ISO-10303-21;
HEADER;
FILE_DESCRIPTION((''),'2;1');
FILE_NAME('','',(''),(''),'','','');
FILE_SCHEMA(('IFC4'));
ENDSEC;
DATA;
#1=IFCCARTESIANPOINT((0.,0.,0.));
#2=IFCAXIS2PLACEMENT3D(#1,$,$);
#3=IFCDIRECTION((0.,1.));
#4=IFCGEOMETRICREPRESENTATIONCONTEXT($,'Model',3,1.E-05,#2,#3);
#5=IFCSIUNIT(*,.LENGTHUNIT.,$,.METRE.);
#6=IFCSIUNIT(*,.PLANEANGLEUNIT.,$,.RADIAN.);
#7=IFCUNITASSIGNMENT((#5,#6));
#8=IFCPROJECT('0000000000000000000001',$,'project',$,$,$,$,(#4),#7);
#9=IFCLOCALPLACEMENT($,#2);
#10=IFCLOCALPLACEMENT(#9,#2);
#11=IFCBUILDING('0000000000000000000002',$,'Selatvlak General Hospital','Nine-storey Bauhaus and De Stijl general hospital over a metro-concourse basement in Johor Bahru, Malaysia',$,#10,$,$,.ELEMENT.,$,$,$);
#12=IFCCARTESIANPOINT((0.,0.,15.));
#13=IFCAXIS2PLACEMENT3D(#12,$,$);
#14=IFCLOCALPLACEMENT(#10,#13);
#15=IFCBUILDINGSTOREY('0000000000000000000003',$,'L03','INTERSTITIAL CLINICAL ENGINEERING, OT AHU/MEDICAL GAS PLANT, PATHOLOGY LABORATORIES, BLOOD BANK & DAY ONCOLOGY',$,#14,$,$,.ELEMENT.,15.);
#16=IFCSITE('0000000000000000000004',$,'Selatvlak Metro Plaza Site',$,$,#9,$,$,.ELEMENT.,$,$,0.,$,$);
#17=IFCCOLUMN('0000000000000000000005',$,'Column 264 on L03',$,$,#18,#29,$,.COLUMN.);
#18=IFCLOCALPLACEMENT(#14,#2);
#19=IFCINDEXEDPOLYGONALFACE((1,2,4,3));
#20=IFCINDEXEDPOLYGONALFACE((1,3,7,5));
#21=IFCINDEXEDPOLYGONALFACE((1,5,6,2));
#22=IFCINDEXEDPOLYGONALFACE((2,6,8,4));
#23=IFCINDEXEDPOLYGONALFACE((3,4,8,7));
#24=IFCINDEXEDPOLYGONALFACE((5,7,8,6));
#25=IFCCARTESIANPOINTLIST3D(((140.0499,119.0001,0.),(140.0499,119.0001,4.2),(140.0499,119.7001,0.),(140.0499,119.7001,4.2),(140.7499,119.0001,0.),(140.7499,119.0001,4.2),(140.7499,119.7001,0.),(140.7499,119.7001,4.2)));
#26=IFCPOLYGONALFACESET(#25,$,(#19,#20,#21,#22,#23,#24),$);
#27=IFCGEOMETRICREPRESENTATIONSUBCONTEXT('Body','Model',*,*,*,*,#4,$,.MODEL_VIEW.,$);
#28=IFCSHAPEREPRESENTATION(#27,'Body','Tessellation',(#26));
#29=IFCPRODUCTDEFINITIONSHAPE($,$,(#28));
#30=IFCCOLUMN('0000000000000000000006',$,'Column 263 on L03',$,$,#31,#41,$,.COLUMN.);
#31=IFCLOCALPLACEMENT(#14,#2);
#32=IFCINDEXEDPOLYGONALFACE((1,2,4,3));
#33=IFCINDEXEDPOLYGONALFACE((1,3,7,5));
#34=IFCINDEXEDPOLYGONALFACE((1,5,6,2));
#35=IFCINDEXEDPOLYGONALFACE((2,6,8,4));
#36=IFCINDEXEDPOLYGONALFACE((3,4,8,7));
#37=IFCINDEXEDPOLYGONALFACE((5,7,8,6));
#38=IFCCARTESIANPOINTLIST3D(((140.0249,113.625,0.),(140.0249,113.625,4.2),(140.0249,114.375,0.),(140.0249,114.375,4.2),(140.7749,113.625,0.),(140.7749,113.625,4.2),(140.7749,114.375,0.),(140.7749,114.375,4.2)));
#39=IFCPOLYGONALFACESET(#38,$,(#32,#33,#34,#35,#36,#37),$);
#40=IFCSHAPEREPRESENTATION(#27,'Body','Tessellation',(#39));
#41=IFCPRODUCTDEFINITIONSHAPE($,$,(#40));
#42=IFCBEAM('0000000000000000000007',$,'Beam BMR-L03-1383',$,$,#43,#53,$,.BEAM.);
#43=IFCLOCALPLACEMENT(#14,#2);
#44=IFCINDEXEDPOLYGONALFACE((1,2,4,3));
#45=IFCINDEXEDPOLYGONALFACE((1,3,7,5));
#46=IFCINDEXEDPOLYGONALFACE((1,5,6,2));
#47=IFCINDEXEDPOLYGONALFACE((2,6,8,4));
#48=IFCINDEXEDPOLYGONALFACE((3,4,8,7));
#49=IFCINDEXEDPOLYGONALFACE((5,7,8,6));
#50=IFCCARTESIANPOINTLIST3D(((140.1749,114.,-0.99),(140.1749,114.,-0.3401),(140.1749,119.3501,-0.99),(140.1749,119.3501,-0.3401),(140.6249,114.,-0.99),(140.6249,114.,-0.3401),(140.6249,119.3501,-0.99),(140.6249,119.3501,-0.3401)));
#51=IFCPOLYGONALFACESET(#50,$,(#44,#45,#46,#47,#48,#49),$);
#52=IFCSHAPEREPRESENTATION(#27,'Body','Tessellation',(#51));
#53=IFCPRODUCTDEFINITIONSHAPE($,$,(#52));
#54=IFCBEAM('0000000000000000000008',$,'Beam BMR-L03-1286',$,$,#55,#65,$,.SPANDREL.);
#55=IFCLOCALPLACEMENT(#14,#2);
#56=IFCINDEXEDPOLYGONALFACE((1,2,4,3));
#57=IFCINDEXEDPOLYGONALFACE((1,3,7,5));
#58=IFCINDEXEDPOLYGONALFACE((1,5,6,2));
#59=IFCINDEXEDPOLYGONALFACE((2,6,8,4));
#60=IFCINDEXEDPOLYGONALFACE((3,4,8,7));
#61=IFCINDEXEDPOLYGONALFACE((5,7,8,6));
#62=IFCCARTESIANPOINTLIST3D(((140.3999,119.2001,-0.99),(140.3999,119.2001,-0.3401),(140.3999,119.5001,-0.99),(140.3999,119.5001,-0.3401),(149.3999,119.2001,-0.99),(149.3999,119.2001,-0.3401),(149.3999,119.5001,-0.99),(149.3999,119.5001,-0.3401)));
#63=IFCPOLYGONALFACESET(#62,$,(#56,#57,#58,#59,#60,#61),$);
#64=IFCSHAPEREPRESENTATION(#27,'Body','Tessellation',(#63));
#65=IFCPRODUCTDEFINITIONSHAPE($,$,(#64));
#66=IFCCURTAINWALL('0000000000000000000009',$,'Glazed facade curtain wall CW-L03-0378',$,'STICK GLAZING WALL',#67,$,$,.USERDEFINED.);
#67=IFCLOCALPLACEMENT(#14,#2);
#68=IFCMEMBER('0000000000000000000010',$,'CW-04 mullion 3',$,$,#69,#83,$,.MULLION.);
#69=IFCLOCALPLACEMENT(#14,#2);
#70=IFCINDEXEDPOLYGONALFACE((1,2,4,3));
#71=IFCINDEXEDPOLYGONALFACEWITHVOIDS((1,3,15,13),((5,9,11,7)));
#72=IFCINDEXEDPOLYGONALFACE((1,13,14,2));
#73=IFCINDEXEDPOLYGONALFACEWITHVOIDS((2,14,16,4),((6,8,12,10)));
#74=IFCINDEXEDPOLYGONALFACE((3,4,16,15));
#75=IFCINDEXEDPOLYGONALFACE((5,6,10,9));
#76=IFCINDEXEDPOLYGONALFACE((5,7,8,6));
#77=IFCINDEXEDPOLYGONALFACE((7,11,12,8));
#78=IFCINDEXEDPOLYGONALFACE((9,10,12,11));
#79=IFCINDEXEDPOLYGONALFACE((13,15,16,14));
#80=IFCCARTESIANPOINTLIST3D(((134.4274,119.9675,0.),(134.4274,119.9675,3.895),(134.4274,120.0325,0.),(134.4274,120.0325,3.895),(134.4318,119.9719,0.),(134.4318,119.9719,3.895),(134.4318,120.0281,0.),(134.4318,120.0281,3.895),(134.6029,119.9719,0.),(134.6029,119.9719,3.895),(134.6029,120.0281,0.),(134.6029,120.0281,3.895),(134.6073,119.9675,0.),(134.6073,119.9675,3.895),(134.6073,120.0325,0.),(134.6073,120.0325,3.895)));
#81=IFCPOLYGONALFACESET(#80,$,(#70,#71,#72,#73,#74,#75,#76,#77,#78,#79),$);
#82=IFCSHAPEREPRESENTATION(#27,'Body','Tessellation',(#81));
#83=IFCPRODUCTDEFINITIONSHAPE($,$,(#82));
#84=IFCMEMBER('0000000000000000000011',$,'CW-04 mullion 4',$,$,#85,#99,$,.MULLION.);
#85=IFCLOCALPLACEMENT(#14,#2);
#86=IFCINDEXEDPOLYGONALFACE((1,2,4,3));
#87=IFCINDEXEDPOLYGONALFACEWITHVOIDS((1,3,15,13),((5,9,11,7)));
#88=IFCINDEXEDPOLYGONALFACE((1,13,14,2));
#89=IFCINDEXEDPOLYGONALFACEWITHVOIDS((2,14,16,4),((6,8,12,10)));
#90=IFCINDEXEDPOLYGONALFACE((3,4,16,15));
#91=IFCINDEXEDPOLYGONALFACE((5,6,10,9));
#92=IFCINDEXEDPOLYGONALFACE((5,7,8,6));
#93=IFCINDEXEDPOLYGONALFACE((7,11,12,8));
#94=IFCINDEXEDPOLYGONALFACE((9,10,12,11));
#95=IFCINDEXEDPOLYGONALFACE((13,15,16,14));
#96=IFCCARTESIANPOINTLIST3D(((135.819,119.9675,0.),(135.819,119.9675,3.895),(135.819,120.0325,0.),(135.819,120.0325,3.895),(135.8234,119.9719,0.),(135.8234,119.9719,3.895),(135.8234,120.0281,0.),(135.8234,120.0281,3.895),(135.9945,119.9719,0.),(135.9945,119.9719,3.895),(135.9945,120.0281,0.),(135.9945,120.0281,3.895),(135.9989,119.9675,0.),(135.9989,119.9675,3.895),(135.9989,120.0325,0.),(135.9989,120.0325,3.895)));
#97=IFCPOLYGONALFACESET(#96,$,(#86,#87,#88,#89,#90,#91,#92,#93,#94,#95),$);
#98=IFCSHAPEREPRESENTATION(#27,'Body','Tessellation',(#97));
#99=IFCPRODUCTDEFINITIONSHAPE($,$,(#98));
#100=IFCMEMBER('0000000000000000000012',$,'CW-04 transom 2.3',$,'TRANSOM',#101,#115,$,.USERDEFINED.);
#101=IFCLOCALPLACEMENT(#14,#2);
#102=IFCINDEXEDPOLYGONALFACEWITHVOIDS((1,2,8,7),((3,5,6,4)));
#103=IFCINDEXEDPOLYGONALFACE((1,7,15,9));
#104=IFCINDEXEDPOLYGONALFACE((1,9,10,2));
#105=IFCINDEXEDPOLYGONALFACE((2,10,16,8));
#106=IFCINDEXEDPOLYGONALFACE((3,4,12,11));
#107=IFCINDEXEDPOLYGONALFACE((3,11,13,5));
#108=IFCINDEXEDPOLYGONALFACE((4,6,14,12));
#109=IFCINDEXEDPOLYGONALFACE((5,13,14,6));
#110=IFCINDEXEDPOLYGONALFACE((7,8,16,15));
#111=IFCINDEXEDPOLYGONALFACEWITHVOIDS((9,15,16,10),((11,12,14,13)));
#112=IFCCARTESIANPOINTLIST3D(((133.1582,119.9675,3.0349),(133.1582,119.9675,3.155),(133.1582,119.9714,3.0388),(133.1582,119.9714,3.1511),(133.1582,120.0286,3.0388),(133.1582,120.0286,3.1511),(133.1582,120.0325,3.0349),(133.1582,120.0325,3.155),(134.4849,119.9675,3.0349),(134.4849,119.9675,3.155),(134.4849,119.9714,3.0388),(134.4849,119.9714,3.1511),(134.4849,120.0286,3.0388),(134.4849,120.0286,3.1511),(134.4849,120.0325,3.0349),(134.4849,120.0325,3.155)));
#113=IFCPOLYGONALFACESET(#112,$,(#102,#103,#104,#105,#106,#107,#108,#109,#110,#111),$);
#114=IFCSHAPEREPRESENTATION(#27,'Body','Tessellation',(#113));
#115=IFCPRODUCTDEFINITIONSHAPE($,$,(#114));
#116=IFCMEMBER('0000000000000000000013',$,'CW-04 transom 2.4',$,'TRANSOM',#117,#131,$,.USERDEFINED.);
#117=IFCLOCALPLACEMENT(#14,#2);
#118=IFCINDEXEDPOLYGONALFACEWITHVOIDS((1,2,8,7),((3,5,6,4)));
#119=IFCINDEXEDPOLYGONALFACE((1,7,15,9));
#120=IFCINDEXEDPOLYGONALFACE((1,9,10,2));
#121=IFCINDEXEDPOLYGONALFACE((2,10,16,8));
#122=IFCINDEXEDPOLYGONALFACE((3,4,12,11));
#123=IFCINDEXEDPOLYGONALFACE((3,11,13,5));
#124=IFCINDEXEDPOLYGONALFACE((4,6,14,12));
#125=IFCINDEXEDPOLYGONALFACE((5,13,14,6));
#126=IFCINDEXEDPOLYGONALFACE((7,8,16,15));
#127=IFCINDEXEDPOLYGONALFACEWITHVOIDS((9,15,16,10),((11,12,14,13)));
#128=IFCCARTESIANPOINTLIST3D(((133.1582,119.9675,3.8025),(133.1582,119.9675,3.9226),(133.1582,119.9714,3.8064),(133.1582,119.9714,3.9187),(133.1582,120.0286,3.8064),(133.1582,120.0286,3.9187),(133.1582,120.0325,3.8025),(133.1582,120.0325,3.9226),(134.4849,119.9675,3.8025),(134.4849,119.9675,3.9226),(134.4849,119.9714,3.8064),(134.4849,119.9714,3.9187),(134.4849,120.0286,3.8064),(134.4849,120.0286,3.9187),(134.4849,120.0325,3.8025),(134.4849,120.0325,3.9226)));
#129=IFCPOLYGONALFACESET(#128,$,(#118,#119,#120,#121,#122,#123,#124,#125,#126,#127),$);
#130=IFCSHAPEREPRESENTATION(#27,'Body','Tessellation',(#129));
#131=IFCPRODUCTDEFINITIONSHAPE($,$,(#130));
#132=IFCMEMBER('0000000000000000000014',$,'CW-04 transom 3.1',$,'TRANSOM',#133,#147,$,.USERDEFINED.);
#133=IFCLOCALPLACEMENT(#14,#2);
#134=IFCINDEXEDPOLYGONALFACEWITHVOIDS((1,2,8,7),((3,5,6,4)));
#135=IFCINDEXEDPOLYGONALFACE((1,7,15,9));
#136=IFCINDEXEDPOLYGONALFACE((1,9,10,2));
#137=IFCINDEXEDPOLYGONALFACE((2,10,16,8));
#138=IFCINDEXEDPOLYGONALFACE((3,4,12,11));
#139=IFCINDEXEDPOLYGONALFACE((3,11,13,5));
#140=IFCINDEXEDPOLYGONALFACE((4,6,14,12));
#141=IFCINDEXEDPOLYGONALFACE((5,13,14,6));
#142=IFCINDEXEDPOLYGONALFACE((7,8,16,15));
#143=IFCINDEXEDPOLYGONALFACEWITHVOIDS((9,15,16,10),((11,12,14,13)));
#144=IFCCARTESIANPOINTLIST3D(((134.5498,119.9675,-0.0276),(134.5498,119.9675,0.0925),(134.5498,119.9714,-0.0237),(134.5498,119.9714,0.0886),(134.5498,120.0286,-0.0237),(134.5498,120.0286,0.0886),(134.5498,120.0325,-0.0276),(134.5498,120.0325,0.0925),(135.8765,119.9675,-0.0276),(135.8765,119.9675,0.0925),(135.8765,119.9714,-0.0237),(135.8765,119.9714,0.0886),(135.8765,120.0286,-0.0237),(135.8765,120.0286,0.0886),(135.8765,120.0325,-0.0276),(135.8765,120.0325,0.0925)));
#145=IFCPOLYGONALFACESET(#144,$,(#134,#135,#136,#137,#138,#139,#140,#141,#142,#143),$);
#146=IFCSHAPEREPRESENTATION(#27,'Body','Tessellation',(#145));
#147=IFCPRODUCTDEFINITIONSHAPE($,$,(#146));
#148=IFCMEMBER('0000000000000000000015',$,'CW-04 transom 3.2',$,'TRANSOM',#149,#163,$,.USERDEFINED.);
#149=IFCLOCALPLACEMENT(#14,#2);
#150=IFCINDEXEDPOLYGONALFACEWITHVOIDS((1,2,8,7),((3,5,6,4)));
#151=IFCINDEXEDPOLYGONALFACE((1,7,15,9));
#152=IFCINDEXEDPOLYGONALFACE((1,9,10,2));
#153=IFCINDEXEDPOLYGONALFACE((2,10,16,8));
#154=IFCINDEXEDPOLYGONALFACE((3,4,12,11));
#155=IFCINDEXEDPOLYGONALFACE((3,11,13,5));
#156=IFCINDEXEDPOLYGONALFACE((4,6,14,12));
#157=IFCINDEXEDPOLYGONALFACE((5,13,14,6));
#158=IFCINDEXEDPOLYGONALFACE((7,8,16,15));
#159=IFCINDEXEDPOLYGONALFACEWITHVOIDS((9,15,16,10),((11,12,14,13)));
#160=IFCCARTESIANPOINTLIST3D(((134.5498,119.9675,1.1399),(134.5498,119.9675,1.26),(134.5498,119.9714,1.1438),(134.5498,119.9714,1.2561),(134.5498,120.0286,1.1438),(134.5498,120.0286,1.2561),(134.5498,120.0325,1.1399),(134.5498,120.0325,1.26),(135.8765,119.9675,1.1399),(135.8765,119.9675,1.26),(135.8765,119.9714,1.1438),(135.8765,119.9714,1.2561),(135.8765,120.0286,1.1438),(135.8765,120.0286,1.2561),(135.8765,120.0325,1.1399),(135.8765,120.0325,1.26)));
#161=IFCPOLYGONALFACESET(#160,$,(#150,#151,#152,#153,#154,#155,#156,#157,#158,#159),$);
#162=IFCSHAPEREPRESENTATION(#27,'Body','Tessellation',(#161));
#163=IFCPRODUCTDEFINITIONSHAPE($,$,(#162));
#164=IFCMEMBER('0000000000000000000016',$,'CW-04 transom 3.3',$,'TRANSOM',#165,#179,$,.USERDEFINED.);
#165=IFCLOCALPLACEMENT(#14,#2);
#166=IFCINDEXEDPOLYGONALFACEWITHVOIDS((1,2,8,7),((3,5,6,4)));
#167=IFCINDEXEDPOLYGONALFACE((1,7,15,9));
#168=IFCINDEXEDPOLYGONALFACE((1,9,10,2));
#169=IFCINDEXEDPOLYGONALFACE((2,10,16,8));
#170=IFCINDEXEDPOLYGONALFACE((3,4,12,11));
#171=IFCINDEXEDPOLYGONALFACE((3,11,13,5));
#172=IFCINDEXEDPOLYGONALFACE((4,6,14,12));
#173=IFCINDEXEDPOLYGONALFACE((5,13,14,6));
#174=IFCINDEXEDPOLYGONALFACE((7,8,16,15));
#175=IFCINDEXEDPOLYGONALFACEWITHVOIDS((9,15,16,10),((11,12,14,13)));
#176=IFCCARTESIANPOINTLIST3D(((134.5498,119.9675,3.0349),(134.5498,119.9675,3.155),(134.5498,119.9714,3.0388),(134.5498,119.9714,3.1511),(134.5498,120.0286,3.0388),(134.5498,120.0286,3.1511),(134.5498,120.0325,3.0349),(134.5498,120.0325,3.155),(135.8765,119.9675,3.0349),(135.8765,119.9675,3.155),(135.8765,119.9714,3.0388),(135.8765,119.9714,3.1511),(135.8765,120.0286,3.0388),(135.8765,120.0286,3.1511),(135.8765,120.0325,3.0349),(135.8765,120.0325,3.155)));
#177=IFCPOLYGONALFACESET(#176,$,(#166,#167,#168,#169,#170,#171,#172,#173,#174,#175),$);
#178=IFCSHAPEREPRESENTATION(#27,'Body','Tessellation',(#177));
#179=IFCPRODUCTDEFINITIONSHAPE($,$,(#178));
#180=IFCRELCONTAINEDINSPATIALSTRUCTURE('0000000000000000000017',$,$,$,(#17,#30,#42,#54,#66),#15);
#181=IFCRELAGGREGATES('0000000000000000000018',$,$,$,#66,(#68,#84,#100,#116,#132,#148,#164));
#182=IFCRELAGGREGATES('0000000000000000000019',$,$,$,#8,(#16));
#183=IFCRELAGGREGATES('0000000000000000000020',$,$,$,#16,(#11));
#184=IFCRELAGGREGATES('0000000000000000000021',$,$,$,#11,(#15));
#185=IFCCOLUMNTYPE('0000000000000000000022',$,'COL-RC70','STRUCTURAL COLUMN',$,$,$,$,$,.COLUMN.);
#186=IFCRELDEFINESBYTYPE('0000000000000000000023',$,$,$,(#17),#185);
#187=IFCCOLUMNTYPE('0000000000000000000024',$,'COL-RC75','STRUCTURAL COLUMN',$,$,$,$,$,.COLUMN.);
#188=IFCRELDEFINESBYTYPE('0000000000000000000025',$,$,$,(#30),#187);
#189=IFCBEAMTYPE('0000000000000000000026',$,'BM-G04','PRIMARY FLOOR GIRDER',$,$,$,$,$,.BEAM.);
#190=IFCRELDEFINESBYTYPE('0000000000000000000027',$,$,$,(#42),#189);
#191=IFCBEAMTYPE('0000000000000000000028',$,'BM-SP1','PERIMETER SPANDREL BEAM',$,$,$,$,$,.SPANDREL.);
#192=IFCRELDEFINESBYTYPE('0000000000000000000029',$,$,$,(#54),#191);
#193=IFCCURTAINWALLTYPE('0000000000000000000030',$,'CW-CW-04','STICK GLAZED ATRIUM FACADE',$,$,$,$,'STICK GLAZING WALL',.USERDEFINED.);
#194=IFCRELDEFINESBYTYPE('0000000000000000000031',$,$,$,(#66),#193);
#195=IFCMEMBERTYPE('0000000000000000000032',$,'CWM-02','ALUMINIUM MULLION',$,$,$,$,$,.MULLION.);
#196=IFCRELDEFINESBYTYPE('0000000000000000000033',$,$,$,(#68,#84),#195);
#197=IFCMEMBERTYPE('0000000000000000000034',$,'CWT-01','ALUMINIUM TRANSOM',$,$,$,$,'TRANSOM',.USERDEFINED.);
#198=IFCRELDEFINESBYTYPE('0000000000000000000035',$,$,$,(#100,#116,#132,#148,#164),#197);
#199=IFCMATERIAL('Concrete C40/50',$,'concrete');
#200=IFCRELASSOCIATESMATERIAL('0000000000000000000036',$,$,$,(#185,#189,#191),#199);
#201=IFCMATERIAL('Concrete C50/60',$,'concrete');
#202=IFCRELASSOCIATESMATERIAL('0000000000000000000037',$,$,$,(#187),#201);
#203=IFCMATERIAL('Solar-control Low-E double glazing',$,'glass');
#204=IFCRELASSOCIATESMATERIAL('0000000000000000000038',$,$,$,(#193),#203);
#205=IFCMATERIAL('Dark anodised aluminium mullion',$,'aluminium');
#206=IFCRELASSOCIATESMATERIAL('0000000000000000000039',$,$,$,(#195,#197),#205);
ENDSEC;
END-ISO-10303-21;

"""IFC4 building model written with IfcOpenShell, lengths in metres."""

from ifc_helpers import new_model, si_unit, direction, frame, origin, origin_2d, place, context, subcontext, project, spatial, rectangle, hollow_rectangle, extrude, material, material_profile, profile_set, type_object, element, aggregate, save


model = new_model("IFC4")

# Units and contexts
model_context = context("Model", 3, precision=1e-05, world=origin(), true_north=direction((0.0, 1.0)))
body_context = subcontext(model_context, "Body", "Model", "MODEL_VIEW")
ifc_project = project(units=[si_unit("LENGTHUNIT", "METRE"), si_unit("PLANEANGLEUNIT", "RADIAN")], contexts=[model_context])

# Site, building, storey
site_placement = place(None, origin())
site = spatial("IfcSite", under=ifc_project, at=site_placement, Name="Selatvlak Metro Plaza Site", CompositionType="ELEMENT", RefElevation=0.0)
building_placement = place(site_placement, origin())
building = spatial("IfcBuilding", under=site, at=building_placement, Name="Selatvlak General Hospital", Description="Nine-storey Bauhaus and De Stijl general hospital over a metro-concourse basement in Johor Bahru, Malaysia", CompositionType="ELEMENT")
storey_placement = place(building_placement, frame((0.0, 0.0, 15.0)))
storey = spatial("IfcBuildingStorey", under=building, at=storey_placement, Name="L03", Description="INTERSTITIAL CLINICAL ENGINEERING, OT AHU/MEDICAL GAS PLANT, PATHOLOGY LABORATORIES, BLOOD BANK & DAY ONCOLOGY", CompositionType="ELEMENT", Elevation=15.0)

# Columns
ifc_material_1 = material(Name="Concrete C40/50", Category="concrete")
ifc_material_profile_1 = material_profile(ifc_material_1, rectangle(XDim=0.7, YDim=0.7, at=origin_2d()), Name="RC-COL 700x700")
ifc_profile_set_1 = profile_set([ifc_material_profile_1], Name="Concrete C40/50")
column_type_1 = type_object("IfcColumnType", Name="COL-RC70", Description="STRUCTURAL COLUMN", PredefinedType="COLUMN", material=ifc_profile_set_1)
column_1_placement = place(storey_placement, frame((140.3999, 119.3501, 0.0), z_axis=(0.0, 0.0, 1.0), x_axis=(1.0, 0.0, 0.0)))
element("IfcColumn", 1, at=column_1_placement, inside=storey, type_object=column_type_1, Name="Column 264 on L03", PredefinedType="COLUMN", context=body_context, shape_type="SweptSolid", body=[
    extrude(rectangle(XDim=0.7, YDim=0.7, at=origin_2d()), origin(), (0.0, 0.0, 1.0), 4.2),
])
ifc_material_2 = material(Name="Concrete C50/60", Category="concrete")
ifc_material_profile_2 = material_profile(ifc_material_2, rectangle(XDim=0.75, YDim=0.75, at=origin_2d()), Name="RC-COL 750x750")
ifc_profile_set_2 = profile_set([ifc_material_profile_2], Name="Concrete C50/60")
column_type_2 = type_object("IfcColumnType", Name="COL-RC75", Description="STRUCTURAL COLUMN", PredefinedType="COLUMN", material=ifc_profile_set_2)
column_2_placement = place(storey_placement, frame((140.3999, 114.0, 0.0), z_axis=(0.0, 0.0, 1.0), x_axis=(1.0, 0.0, 0.0)))
element("IfcColumn", 2, at=column_2_placement, inside=storey, type_object=column_type_2, Name="Column 263 on L03", PredefinedType="COLUMN", context=body_context, shape_type="SweptSolid", body=[
    extrude(rectangle(XDim=0.75, YDim=0.75, at=origin_2d()), origin(), (0.0, 0.0, 1.0), 4.2),
])

# Beams
ifc_material_profile_3 = material_profile(ifc_material_1, rectangle(XDim=0.45, YDim=0.6499, at=origin_2d()), Name="RC-BM 450x650")
ifc_profile_set_3 = profile_set([ifc_material_profile_3], Name="Concrete C40/50")
beam_type_1 = type_object("IfcBeamType", Name="BM-G04", Description="PRIMARY FLOOR GIRDER", PredefinedType="BEAM", material=ifc_profile_set_3)
beam_1_placement = place(storey_placement, frame((140.3999, 114.0, -0.665), z_axis=(0.0, 1.0, 0.0), x_axis=(-1.0, 0.0, 0.0)))
element("IfcBeam", 3, at=beam_1_placement, inside=storey, type_object=beam_type_1, Name="Beam BMR-L03-1383", PredefinedType="BEAM", context=body_context, shape_type="SweptSolid", body=[
    extrude(rectangle(XDim=0.45, YDim=0.6499, at=origin_2d()), origin(), (0.0, 0.0, 1.0), 5.3501),
])
ifc_material_profile_4 = material_profile(ifc_material_1, rectangle(XDim=0.3, YDim=0.6499, at=origin_2d()), Name="RC-SP 300x650")
ifc_profile_set_4 = profile_set([ifc_material_profile_4], Name="Concrete C40/50")
beam_type_2 = type_object("IfcBeamType", Name="BM-SP1", Description="PERIMETER SPANDREL BEAM", PredefinedType="SPANDREL", material=ifc_profile_set_4)
beam_2_placement = place(storey_placement, frame((140.3999, 119.3501, -0.665), z_axis=(1.0, 0.0, 0.0), x_axis=(0.0, 1.0, 0.0)))
element("IfcBeam", 4, at=beam_2_placement, inside=storey, type_object=beam_type_2, Name="Beam BMR-L03-1286", PredefinedType="SPANDREL", context=body_context, shape_type="SweptSolid", body=[
    extrude(rectangle(XDim=0.3, YDim=0.6499, at=origin_2d()), origin(), (0.0, 0.0, 1.0), 9.0),
])

# Curtain wall, members
ifc_material_3 = material(Name="Solar-control Low-E double glazing", Category="glass")
curtain_wall_type = type_object("IfcCurtainWallType", Name="CW-CW-04", Description="STICK GLAZED ATRIUM FACADE", ElementType="STICK GLAZING WALL", PredefinedType="USERDEFINED", material=ifc_material_3)
curtain_wall_placement = place(storey_placement, origin())
curtain_wall = element("IfcCurtainWall", 5, at=curtain_wall_placement, inside=storey, type_object=curtain_wall_type, Name="Glazed facade curtain wall CW-L03-0378", ObjectType="STICK GLAZING WALL", PredefinedType="USERDEFINED")
ifc_material_4 = material(Name="Dark anodised aluminium mullion", Category="aluminium")
ifc_material_profile_5 = material_profile(ifc_material_4, hollow_rectangle(XDim=0.0649, YDim=0.1799, WallThickness=0.0044, at=origin_2d()), Name="AL-MUL 65x180x4.5")
ifc_profile_set_5 = profile_set([ifc_material_profile_5], Name="Dark anodised aluminium mullion")
member_type_1 = type_object("IfcMemberType", Name="CWM-02", Description="ALUMINIUM MULLION", PredefinedType="MULLION", material=ifc_profile_set_5)
member_1_placement = place(storey_placement, frame((134.5173, 120.0, 0.0), z_axis=(0.0, 0.0, 1.0), x_axis=(0.0, 1.0, 0.0)))
member_1 = element("IfcMember", 6, at=member_1_placement, type_object=member_type_1, Name="CW-04 mullion 3", PredefinedType="MULLION", context=body_context, shape_type="SweptSolid", body=[
    extrude(hollow_rectangle(XDim=0.0649, YDim=0.1799, WallThickness=0.0044, at=origin_2d()), origin(), (0.0, 0.0, 1.0), 3.895),
])
member_2_placement = place(storey_placement, frame((135.9089, 120.0, 0.0), z_axis=(0.0, 0.0, 1.0), x_axis=(0.0, 1.0, 0.0)))
member_2 = element("IfcMember", 7, at=member_2_placement, type_object=member_type_1, Name="CW-04 mullion 4", PredefinedType="MULLION", context=body_context, shape_type="SweptSolid", body=[
    extrude(hollow_rectangle(XDim=0.0649, YDim=0.1799, WallThickness=0.0044, at=origin_2d()), origin(), (0.0, 0.0, 1.0), 3.895),
])
ifc_material_profile_6 = material_profile(ifc_material_4, hollow_rectangle(XDim=0.0649, YDim=0.1201, WallThickness=0.0039, at=origin_2d()), Name="AL-TRN 65x120x4")
ifc_profile_set_6 = profile_set([ifc_material_profile_6], Name="Dark anodised aluminium mullion")
member_type_2 = type_object("IfcMemberType", Name="CWT-01", Description="ALUMINIUM TRANSOM", ElementType="TRANSOM", PredefinedType="USERDEFINED", material=ifc_profile_set_6)
member_3_placement = place(storey_placement, frame((133.1582, 120.0, 3.095), z_axis=(1.0, 0.0, 0.0), x_axis=(0.0, 1.0, 0.0)))
member_3 = element("IfcMember", 8, at=member_3_placement, type_object=member_type_2, Name="CW-04 transom 2.3", ObjectType="TRANSOM", PredefinedType="USERDEFINED", context=body_context, shape_type="SweptSolid", body=[
    extrude(hollow_rectangle(XDim=0.0649, YDim=0.1201, WallThickness=0.0039, at=origin_2d()), origin(), (0.0, 0.0, 1.0), 1.3267),
])
member_4_placement = place(storey_placement, frame((133.1582, 120.0, 3.8625), z_axis=(1.0, 0.0, 0.0), x_axis=(0.0, 1.0, 0.0)))
member_4 = element("IfcMember", 9, at=member_4_placement, type_object=member_type_2, Name="CW-04 transom 2.4", ObjectType="TRANSOM", PredefinedType="USERDEFINED", context=body_context, shape_type="SweptSolid", body=[
    extrude(hollow_rectangle(XDim=0.0649, YDim=0.1201, WallThickness=0.0039, at=origin_2d()), origin(), (0.0, 0.0, 1.0), 1.3267),
])
member_5_placement = place(storey_placement, frame((134.5498, 120.0, 0.0325), z_axis=(1.0, 0.0, 0.0), x_axis=(0.0, 1.0, 0.0)))
member_5 = element("IfcMember", 10, at=member_5_placement, type_object=member_type_2, Name="CW-04 transom 3.1", ObjectType="TRANSOM", PredefinedType="USERDEFINED", context=body_context, shape_type="SweptSolid", body=[
    extrude(hollow_rectangle(XDim=0.0649, YDim=0.1201, WallThickness=0.0039, at=origin_2d()), origin(), (0.0, 0.0, 1.0), 1.3267),
])
member_6_placement = place(storey_placement, frame((134.5498, 120.0, 1.2), z_axis=(1.0, 0.0, 0.0), x_axis=(0.0, 1.0, 0.0)))
member_6 = element("IfcMember", 11, at=member_6_placement, type_object=member_type_2, Name="CW-04 transom 3.2", ObjectType="TRANSOM", PredefinedType="USERDEFINED", context=body_context, shape_type="SweptSolid", body=[
    extrude(hollow_rectangle(XDim=0.0649, YDim=0.1201, WallThickness=0.0039, at=origin_2d()), origin(), (0.0, 0.0, 1.0), 1.3267),
])
member_7_placement = place(storey_placement, frame((134.5498, 120.0, 3.095), z_axis=(1.0, 0.0, 0.0), x_axis=(0.0, 1.0, 0.0)))
member_7 = element("IfcMember", 12, at=member_7_placement, type_object=member_type_2, Name="CW-04 transom 3.3", ObjectType="TRANSOM", PredefinedType="USERDEFINED", context=body_context, shape_type="SweptSolid", body=[
    extrude(hollow_rectangle(XDim=0.0649, YDim=0.1201, WallThickness=0.0039, at=origin_2d()), origin(), (0.0, 0.0, 1.0), 1.3267),
])
aggregate(curtain_wall, [member_1, member_2, member_3, member_4, member_5, member_6, member_7])

save(model, "model.ifc")
